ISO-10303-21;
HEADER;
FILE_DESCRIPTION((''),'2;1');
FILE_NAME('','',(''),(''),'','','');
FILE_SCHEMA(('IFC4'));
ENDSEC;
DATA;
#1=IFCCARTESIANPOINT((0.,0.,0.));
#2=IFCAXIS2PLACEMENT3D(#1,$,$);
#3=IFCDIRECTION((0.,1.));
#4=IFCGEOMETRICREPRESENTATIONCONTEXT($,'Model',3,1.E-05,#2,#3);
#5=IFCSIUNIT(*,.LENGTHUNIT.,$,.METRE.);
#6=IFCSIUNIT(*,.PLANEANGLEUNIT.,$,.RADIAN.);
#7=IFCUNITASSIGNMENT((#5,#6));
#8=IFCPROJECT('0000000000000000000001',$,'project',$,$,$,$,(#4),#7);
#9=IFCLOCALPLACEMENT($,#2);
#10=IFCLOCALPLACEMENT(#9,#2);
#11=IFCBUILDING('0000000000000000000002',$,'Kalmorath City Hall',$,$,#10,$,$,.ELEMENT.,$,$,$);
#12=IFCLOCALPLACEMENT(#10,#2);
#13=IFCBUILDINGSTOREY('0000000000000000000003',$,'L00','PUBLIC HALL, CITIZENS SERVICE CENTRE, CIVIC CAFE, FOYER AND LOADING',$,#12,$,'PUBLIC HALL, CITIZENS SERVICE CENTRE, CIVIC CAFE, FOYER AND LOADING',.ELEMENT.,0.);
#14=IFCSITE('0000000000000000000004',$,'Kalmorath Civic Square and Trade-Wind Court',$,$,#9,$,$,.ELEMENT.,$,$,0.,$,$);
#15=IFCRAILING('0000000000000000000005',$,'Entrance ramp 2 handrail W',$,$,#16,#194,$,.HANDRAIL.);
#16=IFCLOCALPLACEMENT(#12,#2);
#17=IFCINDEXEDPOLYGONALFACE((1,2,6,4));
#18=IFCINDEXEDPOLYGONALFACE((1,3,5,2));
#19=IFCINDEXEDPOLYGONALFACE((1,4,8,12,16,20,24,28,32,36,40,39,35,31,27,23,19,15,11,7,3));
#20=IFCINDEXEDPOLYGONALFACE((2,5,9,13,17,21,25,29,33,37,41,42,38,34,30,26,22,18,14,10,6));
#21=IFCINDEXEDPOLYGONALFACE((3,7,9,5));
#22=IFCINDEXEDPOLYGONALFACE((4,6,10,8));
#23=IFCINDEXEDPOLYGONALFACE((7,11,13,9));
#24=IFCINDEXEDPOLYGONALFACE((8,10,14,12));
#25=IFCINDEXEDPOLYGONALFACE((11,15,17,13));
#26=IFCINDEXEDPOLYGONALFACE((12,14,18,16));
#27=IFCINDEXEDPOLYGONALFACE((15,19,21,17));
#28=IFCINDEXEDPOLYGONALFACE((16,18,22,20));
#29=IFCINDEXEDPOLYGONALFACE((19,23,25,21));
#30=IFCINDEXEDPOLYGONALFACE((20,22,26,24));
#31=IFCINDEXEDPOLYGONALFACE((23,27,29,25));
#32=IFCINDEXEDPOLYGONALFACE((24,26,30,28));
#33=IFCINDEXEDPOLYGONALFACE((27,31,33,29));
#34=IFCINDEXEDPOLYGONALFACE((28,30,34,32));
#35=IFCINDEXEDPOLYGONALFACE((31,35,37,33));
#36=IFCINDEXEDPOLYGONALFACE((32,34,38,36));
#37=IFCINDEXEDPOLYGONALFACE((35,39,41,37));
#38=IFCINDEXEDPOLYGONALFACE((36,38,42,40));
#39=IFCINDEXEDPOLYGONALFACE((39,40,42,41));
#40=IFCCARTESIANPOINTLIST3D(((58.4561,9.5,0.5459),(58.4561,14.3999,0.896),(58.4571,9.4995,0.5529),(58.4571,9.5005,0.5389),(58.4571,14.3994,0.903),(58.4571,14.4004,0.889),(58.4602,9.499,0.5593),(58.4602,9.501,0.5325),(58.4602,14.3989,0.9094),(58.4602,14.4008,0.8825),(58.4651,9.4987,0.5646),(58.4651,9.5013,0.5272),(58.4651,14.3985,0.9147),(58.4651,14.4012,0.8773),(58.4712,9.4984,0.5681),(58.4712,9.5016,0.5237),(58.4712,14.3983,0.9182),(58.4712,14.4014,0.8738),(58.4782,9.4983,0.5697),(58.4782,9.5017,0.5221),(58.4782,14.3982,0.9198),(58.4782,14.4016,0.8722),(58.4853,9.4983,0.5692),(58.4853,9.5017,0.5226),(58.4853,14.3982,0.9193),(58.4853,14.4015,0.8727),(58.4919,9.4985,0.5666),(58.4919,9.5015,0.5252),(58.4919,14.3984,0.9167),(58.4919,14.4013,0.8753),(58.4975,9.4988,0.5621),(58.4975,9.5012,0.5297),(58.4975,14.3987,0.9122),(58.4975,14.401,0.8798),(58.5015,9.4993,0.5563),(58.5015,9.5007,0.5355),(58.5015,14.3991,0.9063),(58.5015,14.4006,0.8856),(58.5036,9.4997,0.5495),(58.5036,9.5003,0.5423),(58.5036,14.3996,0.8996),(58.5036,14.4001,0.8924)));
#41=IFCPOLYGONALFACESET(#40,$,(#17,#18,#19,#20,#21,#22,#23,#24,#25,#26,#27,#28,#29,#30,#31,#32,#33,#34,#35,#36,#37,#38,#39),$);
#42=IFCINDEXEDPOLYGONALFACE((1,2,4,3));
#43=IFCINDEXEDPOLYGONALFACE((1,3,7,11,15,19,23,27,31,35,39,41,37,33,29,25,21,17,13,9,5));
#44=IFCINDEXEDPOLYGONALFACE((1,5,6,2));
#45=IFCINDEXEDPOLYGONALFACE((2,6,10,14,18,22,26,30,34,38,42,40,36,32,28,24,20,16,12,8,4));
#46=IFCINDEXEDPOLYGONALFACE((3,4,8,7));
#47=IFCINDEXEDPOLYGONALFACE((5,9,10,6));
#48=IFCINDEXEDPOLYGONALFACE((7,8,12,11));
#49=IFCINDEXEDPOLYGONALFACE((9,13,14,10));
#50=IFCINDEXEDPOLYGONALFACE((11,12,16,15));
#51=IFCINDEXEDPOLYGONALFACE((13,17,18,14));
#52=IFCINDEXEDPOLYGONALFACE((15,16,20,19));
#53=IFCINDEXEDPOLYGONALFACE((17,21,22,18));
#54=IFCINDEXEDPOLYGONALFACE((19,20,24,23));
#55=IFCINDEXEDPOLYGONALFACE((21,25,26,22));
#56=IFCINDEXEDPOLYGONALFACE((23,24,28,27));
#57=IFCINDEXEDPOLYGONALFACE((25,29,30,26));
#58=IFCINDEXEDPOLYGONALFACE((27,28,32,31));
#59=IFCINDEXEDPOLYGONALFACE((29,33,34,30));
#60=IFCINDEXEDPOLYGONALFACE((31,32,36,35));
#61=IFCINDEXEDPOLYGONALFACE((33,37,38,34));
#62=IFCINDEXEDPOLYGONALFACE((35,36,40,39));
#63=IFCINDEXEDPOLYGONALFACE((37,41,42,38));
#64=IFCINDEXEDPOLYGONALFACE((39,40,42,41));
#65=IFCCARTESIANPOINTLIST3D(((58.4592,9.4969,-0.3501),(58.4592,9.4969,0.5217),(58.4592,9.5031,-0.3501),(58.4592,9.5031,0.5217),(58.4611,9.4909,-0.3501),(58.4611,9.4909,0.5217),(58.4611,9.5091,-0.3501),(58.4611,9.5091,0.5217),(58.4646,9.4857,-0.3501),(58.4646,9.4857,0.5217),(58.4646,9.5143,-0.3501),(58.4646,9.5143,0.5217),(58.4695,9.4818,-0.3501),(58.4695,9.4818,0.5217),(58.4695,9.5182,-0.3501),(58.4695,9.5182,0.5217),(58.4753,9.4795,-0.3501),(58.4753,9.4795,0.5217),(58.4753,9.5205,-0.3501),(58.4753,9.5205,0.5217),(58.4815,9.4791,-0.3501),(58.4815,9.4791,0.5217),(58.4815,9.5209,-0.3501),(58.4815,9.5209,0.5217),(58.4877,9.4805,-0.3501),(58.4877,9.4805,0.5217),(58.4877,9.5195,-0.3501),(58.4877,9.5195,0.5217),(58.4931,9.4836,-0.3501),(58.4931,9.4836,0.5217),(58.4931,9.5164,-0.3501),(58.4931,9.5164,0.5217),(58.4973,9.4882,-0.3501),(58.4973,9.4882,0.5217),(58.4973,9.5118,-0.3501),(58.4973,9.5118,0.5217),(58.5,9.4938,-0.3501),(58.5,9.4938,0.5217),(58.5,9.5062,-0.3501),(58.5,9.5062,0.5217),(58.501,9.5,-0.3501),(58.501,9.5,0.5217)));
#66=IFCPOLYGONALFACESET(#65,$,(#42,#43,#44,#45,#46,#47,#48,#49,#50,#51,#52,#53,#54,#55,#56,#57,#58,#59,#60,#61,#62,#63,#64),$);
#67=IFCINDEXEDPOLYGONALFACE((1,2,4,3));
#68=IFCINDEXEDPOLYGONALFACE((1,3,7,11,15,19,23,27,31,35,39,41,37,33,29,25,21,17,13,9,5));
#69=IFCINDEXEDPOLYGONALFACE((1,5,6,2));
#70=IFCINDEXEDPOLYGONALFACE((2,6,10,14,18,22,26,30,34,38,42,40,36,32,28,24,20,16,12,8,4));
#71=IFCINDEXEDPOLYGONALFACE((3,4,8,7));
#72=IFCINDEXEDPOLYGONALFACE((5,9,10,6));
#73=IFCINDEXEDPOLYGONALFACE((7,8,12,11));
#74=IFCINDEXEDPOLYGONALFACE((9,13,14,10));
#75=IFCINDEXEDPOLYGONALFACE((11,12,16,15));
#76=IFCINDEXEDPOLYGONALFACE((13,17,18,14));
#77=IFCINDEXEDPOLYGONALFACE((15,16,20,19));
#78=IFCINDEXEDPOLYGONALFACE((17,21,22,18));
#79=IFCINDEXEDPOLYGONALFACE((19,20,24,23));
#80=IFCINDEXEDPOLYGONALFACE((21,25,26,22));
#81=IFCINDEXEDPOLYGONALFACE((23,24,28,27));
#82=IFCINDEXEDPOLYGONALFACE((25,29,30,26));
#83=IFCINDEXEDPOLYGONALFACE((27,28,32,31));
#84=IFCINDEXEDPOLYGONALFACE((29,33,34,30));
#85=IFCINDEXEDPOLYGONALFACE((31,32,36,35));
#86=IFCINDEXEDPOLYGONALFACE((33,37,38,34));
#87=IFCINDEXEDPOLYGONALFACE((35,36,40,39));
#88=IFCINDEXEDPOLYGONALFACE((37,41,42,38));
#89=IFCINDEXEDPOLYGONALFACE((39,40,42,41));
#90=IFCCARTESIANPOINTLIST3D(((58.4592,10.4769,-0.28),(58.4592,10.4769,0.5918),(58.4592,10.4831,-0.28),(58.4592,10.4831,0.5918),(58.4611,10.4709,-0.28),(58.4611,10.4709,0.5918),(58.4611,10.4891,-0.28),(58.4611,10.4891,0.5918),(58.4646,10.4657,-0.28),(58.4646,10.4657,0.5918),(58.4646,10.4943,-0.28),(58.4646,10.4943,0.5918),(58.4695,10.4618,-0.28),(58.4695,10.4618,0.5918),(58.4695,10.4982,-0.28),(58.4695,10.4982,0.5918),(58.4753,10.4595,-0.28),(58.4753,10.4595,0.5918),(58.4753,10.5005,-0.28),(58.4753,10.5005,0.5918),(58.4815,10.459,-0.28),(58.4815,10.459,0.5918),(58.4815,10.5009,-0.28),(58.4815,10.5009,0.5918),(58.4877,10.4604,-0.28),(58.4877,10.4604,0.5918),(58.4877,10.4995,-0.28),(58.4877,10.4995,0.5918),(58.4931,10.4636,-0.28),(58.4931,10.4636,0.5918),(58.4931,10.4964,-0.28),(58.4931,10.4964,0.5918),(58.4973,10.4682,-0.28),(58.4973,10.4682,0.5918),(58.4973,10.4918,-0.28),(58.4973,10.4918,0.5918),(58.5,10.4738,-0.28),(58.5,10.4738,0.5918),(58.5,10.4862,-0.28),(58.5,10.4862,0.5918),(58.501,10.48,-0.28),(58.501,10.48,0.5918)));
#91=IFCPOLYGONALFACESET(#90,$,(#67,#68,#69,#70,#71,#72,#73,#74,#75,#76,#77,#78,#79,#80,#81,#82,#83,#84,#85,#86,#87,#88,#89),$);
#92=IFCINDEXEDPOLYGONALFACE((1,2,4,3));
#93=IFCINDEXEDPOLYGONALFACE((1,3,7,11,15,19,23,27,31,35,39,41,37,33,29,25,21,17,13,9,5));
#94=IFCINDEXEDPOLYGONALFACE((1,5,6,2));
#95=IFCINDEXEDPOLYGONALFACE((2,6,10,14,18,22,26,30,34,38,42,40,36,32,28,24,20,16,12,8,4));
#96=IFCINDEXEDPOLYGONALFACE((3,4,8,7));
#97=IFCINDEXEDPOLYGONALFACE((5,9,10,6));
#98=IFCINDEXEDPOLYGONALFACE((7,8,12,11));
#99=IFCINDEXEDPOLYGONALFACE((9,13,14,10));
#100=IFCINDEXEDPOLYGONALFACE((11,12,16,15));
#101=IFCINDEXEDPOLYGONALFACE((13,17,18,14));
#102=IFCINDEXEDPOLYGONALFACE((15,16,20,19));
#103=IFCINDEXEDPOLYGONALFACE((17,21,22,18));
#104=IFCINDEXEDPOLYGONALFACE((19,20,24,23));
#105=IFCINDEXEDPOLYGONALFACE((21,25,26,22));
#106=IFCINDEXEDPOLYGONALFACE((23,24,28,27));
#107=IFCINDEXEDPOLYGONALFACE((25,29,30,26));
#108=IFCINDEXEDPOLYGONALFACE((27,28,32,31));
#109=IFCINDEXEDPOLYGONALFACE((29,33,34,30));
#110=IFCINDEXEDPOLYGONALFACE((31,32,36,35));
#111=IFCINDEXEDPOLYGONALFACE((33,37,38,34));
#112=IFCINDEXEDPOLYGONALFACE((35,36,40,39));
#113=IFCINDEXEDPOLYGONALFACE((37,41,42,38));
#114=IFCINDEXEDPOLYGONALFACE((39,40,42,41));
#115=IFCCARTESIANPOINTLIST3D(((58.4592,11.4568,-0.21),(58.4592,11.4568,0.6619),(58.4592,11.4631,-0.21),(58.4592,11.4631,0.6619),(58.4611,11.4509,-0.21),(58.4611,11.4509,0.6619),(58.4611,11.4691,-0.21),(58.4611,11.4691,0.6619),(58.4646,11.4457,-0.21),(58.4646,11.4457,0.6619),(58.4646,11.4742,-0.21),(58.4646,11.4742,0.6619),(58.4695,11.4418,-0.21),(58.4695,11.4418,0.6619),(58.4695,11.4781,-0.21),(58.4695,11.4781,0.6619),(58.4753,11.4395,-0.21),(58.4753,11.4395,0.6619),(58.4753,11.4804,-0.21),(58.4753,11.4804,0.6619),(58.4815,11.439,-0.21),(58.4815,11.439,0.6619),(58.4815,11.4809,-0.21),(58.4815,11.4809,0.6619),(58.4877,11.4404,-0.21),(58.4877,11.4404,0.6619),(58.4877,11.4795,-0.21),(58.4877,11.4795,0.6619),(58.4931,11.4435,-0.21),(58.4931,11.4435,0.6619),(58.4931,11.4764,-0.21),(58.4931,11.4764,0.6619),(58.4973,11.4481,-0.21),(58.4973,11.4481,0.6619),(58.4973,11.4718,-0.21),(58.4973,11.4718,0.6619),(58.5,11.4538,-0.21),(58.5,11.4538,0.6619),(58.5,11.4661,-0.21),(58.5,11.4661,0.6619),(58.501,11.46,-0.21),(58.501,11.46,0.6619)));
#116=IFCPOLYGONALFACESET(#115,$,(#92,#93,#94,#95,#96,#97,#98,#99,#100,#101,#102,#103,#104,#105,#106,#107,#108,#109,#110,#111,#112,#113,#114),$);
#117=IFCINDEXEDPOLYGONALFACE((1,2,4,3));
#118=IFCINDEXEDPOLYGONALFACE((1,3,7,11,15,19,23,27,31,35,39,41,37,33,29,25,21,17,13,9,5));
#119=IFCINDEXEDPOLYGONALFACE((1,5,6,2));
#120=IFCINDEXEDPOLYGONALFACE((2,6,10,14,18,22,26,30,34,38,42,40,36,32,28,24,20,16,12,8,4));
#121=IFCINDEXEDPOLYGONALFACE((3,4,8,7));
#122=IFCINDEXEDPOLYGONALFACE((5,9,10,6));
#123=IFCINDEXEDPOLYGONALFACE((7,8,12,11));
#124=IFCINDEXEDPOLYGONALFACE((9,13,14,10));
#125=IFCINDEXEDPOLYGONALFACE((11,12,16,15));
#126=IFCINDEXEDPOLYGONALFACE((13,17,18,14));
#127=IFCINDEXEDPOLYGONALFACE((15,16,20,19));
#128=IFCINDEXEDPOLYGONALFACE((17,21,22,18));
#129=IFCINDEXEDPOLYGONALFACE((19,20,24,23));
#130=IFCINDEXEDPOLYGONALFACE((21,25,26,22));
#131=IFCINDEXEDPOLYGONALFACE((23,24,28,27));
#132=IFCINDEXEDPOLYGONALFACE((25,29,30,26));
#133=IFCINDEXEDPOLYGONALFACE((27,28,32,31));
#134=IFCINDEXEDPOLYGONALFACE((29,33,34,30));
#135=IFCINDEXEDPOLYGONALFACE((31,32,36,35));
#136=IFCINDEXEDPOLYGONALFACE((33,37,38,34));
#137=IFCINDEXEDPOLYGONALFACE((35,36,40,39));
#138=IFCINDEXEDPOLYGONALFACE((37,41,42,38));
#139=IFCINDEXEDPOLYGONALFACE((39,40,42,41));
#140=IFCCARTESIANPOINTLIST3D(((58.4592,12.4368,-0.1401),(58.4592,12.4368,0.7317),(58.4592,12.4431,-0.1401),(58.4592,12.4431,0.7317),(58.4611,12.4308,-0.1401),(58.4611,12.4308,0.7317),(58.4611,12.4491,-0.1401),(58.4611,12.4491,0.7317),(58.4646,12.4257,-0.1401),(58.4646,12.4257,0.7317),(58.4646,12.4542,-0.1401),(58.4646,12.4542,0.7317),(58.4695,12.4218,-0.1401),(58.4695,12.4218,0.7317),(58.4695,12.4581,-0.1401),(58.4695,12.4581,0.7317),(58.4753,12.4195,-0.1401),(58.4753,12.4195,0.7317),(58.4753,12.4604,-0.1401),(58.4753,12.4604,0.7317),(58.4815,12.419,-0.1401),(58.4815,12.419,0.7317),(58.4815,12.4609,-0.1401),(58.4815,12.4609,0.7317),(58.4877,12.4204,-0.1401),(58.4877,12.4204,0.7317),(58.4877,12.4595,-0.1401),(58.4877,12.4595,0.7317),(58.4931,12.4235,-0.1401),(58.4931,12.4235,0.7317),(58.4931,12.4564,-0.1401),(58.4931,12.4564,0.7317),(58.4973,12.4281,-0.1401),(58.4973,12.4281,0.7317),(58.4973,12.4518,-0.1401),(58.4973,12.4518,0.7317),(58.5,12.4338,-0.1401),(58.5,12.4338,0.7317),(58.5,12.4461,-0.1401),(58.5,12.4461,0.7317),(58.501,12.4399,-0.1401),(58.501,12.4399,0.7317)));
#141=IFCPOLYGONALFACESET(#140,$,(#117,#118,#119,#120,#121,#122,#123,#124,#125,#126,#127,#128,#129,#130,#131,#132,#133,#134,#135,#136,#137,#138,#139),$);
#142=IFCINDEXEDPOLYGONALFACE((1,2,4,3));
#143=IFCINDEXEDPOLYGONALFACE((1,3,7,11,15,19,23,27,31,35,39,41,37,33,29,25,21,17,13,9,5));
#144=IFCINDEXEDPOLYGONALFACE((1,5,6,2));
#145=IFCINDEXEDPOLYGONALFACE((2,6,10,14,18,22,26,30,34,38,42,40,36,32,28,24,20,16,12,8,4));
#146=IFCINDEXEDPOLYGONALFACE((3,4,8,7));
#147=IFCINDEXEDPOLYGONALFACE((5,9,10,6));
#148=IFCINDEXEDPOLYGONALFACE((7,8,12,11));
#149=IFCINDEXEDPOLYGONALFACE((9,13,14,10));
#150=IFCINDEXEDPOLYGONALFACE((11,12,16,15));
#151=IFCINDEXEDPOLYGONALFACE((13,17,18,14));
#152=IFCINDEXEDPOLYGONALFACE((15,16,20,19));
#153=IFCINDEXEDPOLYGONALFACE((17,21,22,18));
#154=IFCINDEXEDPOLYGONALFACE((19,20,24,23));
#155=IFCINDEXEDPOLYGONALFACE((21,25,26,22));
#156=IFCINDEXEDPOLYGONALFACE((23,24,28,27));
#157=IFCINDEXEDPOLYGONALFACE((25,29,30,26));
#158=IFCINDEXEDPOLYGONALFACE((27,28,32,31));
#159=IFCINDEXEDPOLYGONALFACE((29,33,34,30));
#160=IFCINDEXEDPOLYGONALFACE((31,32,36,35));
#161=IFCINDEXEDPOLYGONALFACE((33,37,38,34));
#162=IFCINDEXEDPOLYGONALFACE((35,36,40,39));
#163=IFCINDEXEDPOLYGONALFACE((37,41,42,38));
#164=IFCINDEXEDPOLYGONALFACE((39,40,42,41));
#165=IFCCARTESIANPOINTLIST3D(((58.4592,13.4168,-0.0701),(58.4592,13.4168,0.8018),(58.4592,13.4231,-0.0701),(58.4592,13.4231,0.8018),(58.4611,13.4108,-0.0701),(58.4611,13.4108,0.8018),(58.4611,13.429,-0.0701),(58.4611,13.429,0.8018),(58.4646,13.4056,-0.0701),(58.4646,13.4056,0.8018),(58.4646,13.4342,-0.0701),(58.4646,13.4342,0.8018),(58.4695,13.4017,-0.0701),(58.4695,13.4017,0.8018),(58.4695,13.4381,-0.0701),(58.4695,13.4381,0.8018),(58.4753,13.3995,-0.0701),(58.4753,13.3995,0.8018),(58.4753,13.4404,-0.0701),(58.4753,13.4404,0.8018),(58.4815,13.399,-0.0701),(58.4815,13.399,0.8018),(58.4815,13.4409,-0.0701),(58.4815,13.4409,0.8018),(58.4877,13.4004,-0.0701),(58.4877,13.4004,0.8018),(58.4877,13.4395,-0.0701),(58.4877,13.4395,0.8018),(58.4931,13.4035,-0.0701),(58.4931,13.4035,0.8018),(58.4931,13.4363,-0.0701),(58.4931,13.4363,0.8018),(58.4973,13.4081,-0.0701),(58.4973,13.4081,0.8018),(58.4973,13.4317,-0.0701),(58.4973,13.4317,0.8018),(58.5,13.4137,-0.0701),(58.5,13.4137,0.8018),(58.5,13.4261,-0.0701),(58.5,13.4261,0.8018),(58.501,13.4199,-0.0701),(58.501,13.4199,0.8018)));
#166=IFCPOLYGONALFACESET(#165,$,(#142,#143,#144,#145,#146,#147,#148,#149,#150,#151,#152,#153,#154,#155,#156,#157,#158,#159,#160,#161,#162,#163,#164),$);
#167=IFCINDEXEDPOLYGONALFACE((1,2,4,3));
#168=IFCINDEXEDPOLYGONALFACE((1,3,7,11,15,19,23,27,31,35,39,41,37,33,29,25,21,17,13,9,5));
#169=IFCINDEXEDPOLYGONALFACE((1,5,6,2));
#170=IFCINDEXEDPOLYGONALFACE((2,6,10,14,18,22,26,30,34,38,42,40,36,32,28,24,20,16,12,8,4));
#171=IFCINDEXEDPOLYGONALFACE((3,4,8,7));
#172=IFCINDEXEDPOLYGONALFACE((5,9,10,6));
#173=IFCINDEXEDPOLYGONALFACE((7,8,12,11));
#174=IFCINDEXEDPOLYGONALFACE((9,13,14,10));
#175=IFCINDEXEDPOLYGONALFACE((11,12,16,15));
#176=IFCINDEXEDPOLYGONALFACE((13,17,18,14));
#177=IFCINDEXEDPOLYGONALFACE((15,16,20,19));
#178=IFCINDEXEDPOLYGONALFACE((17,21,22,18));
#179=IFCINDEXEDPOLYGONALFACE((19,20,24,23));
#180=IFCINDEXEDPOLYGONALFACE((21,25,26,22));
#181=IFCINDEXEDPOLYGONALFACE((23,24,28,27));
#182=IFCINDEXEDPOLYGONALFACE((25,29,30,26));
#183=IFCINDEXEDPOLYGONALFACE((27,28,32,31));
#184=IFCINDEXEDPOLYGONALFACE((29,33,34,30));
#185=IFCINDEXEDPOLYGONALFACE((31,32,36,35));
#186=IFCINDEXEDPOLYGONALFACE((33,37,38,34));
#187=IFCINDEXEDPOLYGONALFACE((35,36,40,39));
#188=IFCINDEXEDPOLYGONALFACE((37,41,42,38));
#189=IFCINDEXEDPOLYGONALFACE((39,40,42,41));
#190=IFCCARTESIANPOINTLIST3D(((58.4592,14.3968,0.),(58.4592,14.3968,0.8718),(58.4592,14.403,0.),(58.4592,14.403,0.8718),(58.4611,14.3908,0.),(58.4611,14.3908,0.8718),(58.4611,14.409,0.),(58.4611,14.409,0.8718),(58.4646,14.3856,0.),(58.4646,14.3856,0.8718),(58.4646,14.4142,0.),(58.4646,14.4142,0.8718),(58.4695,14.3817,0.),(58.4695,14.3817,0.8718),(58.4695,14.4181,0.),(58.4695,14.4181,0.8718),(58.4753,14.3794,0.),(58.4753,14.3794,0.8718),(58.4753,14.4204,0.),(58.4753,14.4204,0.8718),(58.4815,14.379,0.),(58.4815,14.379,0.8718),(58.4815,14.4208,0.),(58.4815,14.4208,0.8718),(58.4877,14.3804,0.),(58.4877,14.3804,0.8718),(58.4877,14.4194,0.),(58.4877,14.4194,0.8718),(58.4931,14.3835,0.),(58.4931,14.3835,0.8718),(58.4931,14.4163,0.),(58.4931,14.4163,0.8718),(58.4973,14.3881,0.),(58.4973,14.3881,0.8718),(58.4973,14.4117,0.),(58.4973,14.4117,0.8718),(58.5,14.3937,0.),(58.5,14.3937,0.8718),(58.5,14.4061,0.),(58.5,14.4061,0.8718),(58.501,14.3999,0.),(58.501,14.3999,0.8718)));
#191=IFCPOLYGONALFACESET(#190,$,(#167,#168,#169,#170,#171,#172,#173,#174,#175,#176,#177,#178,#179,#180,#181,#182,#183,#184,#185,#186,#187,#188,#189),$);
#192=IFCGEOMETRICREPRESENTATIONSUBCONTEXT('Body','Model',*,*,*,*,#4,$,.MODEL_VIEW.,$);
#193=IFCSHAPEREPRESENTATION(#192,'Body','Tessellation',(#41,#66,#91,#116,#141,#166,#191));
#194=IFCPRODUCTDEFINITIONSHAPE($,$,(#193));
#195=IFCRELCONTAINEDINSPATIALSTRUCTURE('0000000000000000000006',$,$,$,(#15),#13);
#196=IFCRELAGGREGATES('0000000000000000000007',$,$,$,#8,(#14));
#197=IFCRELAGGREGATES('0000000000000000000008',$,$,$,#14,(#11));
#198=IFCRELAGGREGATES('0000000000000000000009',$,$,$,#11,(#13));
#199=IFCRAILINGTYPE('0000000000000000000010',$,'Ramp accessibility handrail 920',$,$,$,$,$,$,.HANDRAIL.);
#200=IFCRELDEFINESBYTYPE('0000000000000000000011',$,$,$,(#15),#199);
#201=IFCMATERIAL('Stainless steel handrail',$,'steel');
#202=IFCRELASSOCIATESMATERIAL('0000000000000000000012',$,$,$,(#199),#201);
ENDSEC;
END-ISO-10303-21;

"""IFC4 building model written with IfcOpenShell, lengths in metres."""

from ifc_helpers import new_model, si_unit, direction, frame, origin, origin_2d, place, context, subcontext, project, spatial, circle, extrude, material, type_object, element, save


model = new_model("IFC4")

# Units and contexts
model_context = context("Model", 3, precision=1e-05, world=origin(), true_north=direction((0.0, 1.0)))
body_context = subcontext(model_context, "Body", "Model", "MODEL_VIEW")
ifc_project = project(units=[si_unit("LENGTHUNIT", "METRE"), si_unit("PLANEANGLEUNIT", "RADIAN")], contexts=[model_context])

# Site, building, storey
site_placement = place(None, origin())
site = spatial("IfcSite", under=ifc_project, at=site_placement, Name="Kalmorath Civic Square and Trade-Wind Court", CompositionType="ELEMENT", RefElevation=0.0)
building_placement = place(site_placement, origin())
building = spatial("IfcBuilding", under=site, at=building_placement, Name="Kalmorath City Hall", CompositionType="ELEMENT")
storey_placement = place(building_placement, origin())
storey = spatial("IfcBuildingStorey", under=building, at=storey_placement, Name="L00", Description="PUBLIC HALL, CITIZENS SERVICE CENTRE, CIVIC CAFE, FOYER AND LOADING", LongName="PUBLIC HALL, CITIZENS SERVICE CENTRE, CIVIC CAFE, FOYER AND LOADING", CompositionType="ELEMENT", Elevation=0.0)

# Railing
ifc_material_1 = material(Name="Stainless steel handrail", Category="steel")
railing_type = type_object("IfcRailingType", Name="Ramp accessibility handrail 920", PredefinedType="HANDRAIL", material=ifc_material_1)
for number, where, name in (
    (1, (58.48, 9.5, -0.3501), "Entrance ramp 2 handrail W"),
):
    element("IfcRailing", number, at=place(storey_placement, frame(where)), inside=storey, type_object=railing_type, Name=name, PredefinedType="HANDRAIL", context=body_context, shape_type="SweptSolid", body=[
        extrude(circle(Radius=0.0239, at=origin_2d()), frame((0.0, 0.0, 0.896), z_axis=(0.0, 0.997457, 0.071268), x_axis=(-1.0, 0.0, 0.0)), (0.0, 0.0, 1.0), 4.9124),
        extrude(circle(Radius=0.021, at=origin_2d()), origin(), (0.0, 0.0, 1.0), 0.8718),
        extrude(circle(Radius=0.021, at=origin_2d()), frame((0.0, 0.98, 0.0701)), (0.0, 0.0, 1.0), 0.8718),
        extrude(circle(Radius=0.021, at=origin_2d()), frame((0.0, 1.96, 0.1401)), (0.0, 0.0, 1.0), 0.8718),
        extrude(circle(Radius=0.021, at=origin_2d()), frame((0.0, 2.9399, 0.21)), (0.0, 0.0, 1.0), 0.8718),
        extrude(circle(Radius=0.021, at=origin_2d()), frame((0.0, 3.9199, 0.28)), (0.0, 0.0, 1.0), 0.8718),
        extrude(circle(Radius=0.021, at=origin_2d()), frame((0.0, 4.8999, 0.3501)), (0.0, 0.0, 1.0), 0.8718),
    ])

save(model, "model.ifc")
